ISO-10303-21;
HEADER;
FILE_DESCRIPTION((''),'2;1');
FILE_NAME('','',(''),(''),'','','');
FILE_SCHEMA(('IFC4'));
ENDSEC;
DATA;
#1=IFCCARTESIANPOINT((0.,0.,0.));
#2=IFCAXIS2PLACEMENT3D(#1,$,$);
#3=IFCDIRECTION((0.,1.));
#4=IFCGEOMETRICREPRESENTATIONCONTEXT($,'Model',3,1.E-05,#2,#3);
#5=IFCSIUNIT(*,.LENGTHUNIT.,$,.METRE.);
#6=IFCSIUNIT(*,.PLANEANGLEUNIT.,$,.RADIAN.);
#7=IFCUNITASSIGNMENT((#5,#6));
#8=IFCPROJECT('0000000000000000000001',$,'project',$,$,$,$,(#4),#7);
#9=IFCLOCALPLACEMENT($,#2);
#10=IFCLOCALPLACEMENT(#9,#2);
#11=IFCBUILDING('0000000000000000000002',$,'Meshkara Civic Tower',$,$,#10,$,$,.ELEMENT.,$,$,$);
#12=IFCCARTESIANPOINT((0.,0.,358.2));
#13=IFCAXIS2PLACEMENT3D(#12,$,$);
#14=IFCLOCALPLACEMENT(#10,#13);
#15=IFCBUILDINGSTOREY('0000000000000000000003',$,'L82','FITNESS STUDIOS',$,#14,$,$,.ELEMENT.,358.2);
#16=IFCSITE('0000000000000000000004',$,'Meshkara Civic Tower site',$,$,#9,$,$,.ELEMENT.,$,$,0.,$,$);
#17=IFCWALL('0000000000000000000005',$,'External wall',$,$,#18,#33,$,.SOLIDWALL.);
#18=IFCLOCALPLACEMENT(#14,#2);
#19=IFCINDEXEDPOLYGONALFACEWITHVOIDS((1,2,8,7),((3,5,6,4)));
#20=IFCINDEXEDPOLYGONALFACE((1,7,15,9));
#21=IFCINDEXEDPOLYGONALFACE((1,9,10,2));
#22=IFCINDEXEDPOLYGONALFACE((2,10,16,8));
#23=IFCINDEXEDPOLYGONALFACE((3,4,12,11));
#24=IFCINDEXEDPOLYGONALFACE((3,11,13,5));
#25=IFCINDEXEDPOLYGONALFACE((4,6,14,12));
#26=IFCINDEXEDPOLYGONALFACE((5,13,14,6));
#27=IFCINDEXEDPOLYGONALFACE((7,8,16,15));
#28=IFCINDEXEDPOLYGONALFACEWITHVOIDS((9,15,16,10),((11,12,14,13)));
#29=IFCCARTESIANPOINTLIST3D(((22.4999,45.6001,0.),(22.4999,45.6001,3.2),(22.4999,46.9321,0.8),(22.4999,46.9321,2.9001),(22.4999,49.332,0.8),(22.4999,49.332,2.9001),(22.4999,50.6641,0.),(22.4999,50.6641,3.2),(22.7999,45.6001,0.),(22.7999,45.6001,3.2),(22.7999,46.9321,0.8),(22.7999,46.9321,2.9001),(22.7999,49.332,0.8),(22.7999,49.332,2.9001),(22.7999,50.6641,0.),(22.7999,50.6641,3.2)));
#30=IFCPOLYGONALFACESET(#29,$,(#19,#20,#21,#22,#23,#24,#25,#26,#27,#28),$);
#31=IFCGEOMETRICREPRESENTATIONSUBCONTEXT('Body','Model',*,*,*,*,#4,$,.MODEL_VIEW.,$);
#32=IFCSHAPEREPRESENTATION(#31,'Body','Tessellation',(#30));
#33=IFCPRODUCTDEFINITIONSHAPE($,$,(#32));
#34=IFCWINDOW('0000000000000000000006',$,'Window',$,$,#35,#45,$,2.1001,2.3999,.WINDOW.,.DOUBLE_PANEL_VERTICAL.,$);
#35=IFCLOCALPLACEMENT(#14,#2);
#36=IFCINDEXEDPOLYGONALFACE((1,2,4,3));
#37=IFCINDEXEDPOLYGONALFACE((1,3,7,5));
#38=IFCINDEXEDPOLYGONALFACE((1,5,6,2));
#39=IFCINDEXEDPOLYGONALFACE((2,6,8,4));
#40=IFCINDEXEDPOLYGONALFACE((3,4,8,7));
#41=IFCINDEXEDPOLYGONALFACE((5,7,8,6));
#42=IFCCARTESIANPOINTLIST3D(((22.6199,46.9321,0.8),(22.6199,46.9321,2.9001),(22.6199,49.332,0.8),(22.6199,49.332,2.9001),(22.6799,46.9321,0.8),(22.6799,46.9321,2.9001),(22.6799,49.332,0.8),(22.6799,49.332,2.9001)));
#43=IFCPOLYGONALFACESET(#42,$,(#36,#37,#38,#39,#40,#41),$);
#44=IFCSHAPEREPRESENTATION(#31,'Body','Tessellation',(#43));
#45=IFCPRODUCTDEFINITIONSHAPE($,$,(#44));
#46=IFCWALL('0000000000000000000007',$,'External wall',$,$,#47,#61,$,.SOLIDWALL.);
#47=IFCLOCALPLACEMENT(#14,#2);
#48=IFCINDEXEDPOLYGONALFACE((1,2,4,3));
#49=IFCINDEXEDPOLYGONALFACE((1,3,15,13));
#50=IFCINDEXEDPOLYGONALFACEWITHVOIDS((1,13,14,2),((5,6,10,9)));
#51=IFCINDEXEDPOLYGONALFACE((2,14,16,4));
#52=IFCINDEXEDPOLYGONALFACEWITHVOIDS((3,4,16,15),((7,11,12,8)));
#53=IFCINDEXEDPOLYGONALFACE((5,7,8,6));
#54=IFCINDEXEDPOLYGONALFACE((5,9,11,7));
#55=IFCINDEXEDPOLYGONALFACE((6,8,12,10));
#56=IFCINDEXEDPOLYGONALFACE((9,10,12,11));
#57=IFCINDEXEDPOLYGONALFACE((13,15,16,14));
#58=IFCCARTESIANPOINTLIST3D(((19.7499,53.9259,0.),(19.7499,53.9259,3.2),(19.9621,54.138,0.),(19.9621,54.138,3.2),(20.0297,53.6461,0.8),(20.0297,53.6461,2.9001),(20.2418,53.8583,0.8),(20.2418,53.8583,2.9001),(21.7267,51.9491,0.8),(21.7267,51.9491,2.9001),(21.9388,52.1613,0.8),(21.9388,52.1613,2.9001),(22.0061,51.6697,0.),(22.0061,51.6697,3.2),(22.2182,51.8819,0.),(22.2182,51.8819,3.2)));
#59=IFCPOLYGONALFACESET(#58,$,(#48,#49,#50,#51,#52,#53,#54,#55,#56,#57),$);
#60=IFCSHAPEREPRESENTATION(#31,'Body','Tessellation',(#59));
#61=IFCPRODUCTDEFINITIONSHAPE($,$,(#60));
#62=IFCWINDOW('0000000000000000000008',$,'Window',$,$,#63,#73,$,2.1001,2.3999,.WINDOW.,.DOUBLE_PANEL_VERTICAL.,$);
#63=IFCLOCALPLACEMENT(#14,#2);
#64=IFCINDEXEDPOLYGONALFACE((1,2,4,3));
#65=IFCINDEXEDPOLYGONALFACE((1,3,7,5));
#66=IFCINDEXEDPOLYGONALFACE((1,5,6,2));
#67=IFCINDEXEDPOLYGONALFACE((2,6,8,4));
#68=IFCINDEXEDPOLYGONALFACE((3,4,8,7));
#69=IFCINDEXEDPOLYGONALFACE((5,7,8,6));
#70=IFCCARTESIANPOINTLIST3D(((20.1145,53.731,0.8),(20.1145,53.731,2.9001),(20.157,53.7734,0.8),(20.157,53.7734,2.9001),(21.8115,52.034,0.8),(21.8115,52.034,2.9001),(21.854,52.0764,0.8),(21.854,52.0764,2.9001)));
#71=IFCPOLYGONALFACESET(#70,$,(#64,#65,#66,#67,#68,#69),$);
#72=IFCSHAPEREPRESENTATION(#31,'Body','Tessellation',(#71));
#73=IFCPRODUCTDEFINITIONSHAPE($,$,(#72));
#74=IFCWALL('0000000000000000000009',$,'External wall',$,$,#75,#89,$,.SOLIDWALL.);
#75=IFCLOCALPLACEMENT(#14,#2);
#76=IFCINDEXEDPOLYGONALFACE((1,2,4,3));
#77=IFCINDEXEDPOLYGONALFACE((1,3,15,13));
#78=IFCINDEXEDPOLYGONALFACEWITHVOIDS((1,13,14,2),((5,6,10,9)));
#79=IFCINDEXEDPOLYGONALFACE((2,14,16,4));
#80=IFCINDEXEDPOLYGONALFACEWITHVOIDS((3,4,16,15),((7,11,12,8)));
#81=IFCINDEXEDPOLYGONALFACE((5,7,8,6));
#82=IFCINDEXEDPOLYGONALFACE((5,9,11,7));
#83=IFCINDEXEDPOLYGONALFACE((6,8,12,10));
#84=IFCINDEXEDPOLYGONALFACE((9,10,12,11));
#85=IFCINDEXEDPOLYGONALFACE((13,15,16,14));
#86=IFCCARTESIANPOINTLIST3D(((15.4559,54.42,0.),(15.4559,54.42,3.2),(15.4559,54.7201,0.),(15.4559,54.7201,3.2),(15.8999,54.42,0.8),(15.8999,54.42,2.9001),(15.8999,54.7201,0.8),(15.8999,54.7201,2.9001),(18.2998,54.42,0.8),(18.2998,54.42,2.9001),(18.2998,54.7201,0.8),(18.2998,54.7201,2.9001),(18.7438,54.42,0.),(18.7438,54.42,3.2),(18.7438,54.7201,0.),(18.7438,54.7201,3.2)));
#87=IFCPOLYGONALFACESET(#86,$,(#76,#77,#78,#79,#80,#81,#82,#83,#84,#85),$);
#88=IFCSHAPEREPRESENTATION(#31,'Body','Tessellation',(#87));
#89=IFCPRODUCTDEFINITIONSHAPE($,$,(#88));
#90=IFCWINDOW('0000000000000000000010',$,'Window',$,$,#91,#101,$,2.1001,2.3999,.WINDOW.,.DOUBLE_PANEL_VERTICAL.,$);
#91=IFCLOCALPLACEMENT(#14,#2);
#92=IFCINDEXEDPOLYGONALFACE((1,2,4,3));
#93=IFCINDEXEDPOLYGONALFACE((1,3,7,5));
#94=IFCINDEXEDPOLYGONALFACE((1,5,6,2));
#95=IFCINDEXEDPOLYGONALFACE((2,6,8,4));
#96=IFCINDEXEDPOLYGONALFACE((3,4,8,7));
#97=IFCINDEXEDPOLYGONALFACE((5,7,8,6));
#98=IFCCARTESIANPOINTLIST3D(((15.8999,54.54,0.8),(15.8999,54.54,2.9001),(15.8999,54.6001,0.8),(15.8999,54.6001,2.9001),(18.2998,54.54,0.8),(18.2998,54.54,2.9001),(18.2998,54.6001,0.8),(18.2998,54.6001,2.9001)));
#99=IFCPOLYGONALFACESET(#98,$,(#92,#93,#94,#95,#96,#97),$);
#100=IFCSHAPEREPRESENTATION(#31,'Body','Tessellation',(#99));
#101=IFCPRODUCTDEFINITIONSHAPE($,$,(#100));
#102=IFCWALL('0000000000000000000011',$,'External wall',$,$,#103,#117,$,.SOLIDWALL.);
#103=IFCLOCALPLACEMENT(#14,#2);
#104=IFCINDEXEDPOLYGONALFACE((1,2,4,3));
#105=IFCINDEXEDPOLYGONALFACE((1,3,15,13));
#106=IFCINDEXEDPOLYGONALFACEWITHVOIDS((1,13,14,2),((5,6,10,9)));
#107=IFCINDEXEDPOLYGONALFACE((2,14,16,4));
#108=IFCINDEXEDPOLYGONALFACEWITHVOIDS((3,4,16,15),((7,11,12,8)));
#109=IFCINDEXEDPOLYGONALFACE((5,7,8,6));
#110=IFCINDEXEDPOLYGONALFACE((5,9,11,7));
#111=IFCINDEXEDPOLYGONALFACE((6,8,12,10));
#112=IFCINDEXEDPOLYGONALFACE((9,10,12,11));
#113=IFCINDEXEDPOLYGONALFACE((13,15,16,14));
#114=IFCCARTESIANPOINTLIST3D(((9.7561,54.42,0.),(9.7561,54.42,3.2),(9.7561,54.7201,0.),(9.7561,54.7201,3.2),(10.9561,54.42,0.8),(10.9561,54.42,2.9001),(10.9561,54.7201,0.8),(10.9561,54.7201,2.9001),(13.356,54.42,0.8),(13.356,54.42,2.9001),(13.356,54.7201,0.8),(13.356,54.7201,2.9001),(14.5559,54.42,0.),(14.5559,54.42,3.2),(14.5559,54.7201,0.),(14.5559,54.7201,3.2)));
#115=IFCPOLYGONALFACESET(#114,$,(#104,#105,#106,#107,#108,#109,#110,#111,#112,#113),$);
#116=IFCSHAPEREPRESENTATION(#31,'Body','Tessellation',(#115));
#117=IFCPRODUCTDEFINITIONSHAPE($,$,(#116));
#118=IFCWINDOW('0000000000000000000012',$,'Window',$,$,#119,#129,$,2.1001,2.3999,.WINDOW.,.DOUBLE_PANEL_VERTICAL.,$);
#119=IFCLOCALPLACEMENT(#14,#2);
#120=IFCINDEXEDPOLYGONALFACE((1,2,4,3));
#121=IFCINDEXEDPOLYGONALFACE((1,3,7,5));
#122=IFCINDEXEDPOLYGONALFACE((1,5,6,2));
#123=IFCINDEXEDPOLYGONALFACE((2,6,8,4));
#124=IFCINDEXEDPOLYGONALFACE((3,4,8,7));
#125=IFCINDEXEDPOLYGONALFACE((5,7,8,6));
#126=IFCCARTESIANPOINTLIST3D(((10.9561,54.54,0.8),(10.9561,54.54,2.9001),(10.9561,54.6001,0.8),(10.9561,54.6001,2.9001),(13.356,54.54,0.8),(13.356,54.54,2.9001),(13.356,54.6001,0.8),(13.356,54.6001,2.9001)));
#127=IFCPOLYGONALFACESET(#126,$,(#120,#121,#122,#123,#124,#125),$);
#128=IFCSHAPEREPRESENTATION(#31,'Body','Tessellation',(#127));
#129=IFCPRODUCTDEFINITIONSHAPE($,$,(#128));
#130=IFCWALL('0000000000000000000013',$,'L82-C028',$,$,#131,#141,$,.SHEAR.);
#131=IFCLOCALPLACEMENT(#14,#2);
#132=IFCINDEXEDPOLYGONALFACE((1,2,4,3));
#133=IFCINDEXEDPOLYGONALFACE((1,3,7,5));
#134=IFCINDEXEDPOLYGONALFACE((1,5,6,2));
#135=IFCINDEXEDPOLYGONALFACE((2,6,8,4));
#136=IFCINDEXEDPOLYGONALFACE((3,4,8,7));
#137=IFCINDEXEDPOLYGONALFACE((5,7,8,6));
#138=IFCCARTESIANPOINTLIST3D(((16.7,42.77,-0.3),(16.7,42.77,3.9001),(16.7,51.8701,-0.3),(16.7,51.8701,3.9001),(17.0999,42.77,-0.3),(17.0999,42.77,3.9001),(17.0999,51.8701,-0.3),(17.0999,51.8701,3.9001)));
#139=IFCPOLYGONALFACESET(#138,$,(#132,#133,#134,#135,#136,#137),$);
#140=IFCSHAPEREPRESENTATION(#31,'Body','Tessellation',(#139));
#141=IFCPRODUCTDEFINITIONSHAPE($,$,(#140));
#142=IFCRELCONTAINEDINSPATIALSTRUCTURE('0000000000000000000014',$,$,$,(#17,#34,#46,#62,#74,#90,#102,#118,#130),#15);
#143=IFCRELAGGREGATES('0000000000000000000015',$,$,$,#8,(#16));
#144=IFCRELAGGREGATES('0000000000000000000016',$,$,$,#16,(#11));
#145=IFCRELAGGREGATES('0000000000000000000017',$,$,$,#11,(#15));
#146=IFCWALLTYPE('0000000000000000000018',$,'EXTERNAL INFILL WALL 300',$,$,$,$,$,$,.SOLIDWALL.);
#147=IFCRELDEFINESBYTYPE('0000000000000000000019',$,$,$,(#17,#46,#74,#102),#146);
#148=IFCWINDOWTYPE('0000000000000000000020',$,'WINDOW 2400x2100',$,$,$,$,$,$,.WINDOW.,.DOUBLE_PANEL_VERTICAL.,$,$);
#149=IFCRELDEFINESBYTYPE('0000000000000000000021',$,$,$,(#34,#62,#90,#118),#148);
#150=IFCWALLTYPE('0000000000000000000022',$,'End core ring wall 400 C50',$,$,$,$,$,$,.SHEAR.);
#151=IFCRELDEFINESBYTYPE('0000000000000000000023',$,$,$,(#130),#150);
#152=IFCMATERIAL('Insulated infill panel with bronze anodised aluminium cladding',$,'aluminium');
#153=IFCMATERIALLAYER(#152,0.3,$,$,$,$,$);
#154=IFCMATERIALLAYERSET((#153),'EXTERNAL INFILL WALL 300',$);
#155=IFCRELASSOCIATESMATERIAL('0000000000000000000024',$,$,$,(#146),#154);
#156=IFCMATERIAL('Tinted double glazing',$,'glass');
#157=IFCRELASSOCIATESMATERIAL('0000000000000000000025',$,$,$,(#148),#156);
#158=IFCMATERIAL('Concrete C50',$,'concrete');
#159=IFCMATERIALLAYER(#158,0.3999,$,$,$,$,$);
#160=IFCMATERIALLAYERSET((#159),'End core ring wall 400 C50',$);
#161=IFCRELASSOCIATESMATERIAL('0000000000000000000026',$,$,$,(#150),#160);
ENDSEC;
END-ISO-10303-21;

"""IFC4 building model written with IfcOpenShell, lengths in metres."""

from ifc_helpers import new_model, si_unit, direction, frame, frame_2d, origin, place, context, subcontext, project, spatial, rectangle, extrude, material, layer, layer_set, type_object, element, fill, save


model = new_model("IFC4")

# Units and contexts
model_context = context("Model", 3, precision=1e-05, world=origin(), true_north=direction((0.0, 1.0)))
body_context = subcontext(model_context, "Body", "Model", "MODEL_VIEW")
ifc_project = project(units=[si_unit("LENGTHUNIT", "METRE"), si_unit("PLANEANGLEUNIT", "RADIAN")], contexts=[model_context])

# Site, building, storey
site_placement = place(None, origin())
site = spatial("IfcSite", under=ifc_project, at=site_placement, Name="Meshkara Civic Tower site", CompositionType="ELEMENT", RefElevation=0.0)
building_placement = place(site_placement, origin())
building = spatial("IfcBuilding", under=site, at=building_placement, Name="Meshkara Civic Tower", CompositionType="ELEMENT")
storey_placement = place(building_placement, frame((0.0, 0.0, 358.2)))
storey = spatial("IfcBuildingStorey", under=building, at=storey_placement, Name="L82", Description="FITNESS STUDIOS", CompositionType="ELEMENT", Elevation=358.2)

# Walls, openings, windows
ifc_material_1 = material(Name="Insulated infill panel with bronze anodised aluminium cladding", Category="aluminium")
ifc_layer_1 = layer(ifc_material_1, 0.3)
ifc_layer_set_1 = layer_set([ifc_layer_1], Name="EXTERNAL INFILL WALL 300")
wall_type_1 = type_object("IfcWallType", Name="EXTERNAL INFILL WALL 300", PredefinedType="SOLIDWALL", material=ifc_layer_set_1)
ifc_material_2 = material(Name="Tinted double glazing", Category="glass")
window_type = type_object("IfcWindowType", Name="WINDOW 2400x2100", PartitioningType="DOUBLE_PANEL_VERTICAL", PredefinedType="WINDOW", material=ifc_material_2)
wall_1_placement = place(storey_placement, frame((22.6499, 45.6001, 0.0), z_axis=(0.0, 0.0, 1.0), x_axis=(0.0, 1.0, 0.0)))
wall_1 = element("IfcWall", 1, at=wall_1_placement, inside=storey, type_object=wall_type_1, Name="External wall", PredefinedType="SOLIDWALL", context=body_context, shape_type="SweptSolid", body=[
    extrude(rectangle(XDim=5.064, YDim=0.3, at=frame_2d((2.532, 0.0))), origin(), (0.0, 0.0, 1.0), 3.2),
])
opening_1_placement = place(wall_1_placement, frame((1.332, 0.0, 0.8)))
opening_1 = element("IfcOpeningElement", 2, at=opening_1_placement, cuts=wall_1, PredefinedType="OPENING", context=body_context, shape_type="SweptSolid", body=[
    extrude(rectangle(XDim=2.3999, YDim=2.1001, at=frame_2d((1.2, 1.05))), frame((0.0, 0.1599, 0.0), z_axis=(0.0, -1.0, 0.0), x_axis=(1.0, 0.0, 0.0)), (0.0, 0.0, 1.0), 0.3201),
])
window_1_placement = place(opening_1_placement, origin())
window_1 = element("IfcWindow", 3, at=window_1_placement, inside=storey, type_object=window_type, Name="Window", OverallHeight=2.1001, OverallWidth=2.3999, PartitioningType="DOUBLE_PANEL_VERTICAL", PredefinedType="WINDOW", context=body_context, shape_type="SweptSolid", body=[
    extrude(rectangle(XDim=2.3999, YDim=2.1001, at=frame_2d((1.2, 1.05))), frame((0.0, 0.03, 0.0), z_axis=(0.0, -1.0, 0.0), x_axis=(1.0, 0.0, 0.0)), (0.0, 0.0, 1.0), 0.0601),
])
fill(opening_1, window_1)
wall_2_placement = place(storey_placement, frame((22.1121, 51.7759, 0.0), z_axis=(0.0, 0.0, 1.0), x_axis=(-0.707107, 0.707107, 0.0)))
wall_2 = element("IfcWall", 4, at=wall_2_placement, inside=storey, type_object=wall_type_1, Name="External wall", PredefinedType="SOLIDWALL", context=body_context, shape_type="SweptSolid", body=[
    extrude(rectangle(XDim=3.1907, YDim=0.3, at=frame_2d((1.5952, 0.0))), origin(), (0.0, 0.0, 1.0), 3.2),
])
opening_2_placement = place(wall_2_placement, frame((0.395, 0.0, 0.8)))
opening_2 = element("IfcOpeningElement", 5, at=opening_2_placement, cuts=wall_2, PredefinedType="OPENING", context=body_context, shape_type="SweptSolid", body=[
    extrude(rectangle(XDim=2.3999, YDim=2.1001, at=frame_2d((1.2, 1.05))), frame((0.0, 0.1599, 0.0), z_axis=(0.0, -1.0, 0.0), x_axis=(1.0, 0.0, 0.0)), (0.0, 0.0, 1.0), 0.3201),
])
window_2_placement = place(opening_2_placement, origin())
window_2 = element("IfcWindow", 6, at=window_2_placement, inside=storey, type_object=window_type, Name="Window", OverallHeight=2.1001, OverallWidth=2.3999, PartitioningType="DOUBLE_PANEL_VERTICAL", PredefinedType="WINDOW", context=body_context, shape_type="SweptSolid", body=[
    extrude(rectangle(XDim=2.3999, YDim=2.1001, at=frame_2d((1.2, 1.05))), frame((0.0, 0.03, 0.0), z_axis=(0.0, -1.0, 0.0), x_axis=(1.0, 0.0, 0.0)), (0.0, 0.0, 1.0), 0.0601),
])
fill(opening_2, window_2)
wall_3_placement = place(storey_placement, frame((18.7439, 54.5701, 0.0), z_axis=(0.0, 0.0, 1.0), x_axis=(-1.0, 0.0, 0.0)))
wall_3 = element("IfcWall", 7, at=wall_3_placement, inside=storey, type_object=wall_type_1, Name="External wall", PredefinedType="SOLIDWALL", context=body_context, shape_type="SweptSolid", body=[
    extrude(rectangle(XDim=3.2878, YDim=0.3, at=frame_2d((1.644, 0.0))), origin(), (0.0, 0.0, 1.0), 3.2),
])
opening_3_placement = place(wall_3_placement, frame((0.4441, 0.0, 0.8)))
opening_3 = element("IfcOpeningElement", 8, at=opening_3_placement, cuts=wall_3, PredefinedType="OPENING", context=body_context, shape_type="SweptSolid", body=[
    extrude(rectangle(XDim=2.3999, YDim=2.1001, at=frame_2d((1.2, 1.05))), frame((0.0, 0.1599, 0.0), z_axis=(0.0, -1.0, 0.0), x_axis=(1.0, 0.0, 0.0)), (0.0, 0.0, 1.0), 0.3201),
])
window_3_placement = place(opening_3_placement, origin())
window_3 = element("IfcWindow", 9, at=window_3_placement, inside=storey, type_object=window_type, Name="Window", OverallHeight=2.1001, OverallWidth=2.3999, PartitioningType="DOUBLE_PANEL_VERTICAL", PredefinedType="WINDOW", context=body_context, shape_type="SweptSolid", body=[
    extrude(rectangle(XDim=2.3999, YDim=2.1001, at=frame_2d((1.2, 1.05))), frame((0.0, 0.03, 0.0), z_axis=(0.0, -1.0, 0.0), x_axis=(1.0, 0.0, 0.0)), (0.0, 0.0, 1.0), 0.0601),
])
fill(opening_3, window_3)
wall_4_placement = place(storey_placement, frame((14.5559, 54.5701, 0.0), z_axis=(0.0, 0.0, 1.0), x_axis=(-1.0, 0.0, 0.0)))
wall_4 = element("IfcWall", 10, at=wall_4_placement, inside=storey, type_object=wall_type_1, Name="External wall", PredefinedType="SOLIDWALL", context=body_context, shape_type="SweptSolid", body=[
    extrude(rectangle(XDim=4.7998, YDim=0.3, at=frame_2d((2.3999, 0.0))), origin(), (0.0, 0.0, 1.0), 3.2),
])
opening_4_placement = place(wall_4_placement, frame((1.2, 0.0, 0.8)))
opening_4 = element("IfcOpeningElement", 11, at=opening_4_placement, cuts=wall_4, PredefinedType="OPENING", context=body_context, shape_type="SweptSolid", body=[
    extrude(rectangle(XDim=2.3999, YDim=2.1001, at=frame_2d((1.2, 1.05))), frame((0.0, 0.1599, 0.0), z_axis=(0.0, -1.0, 0.0), x_axis=(1.0, 0.0, 0.0)), (0.0, 0.0, 1.0), 0.3201),
])
window_4_placement = place(opening_4_placement, origin())
window_4 = element("IfcWindow", 12, at=window_4_placement, inside=storey, type_object=window_type, Name="Window", OverallHeight=2.1001, OverallWidth=2.3999, PartitioningType="DOUBLE_PANEL_VERTICAL", PredefinedType="WINDOW", context=body_context, shape_type="SweptSolid", body=[
    extrude(rectangle(XDim=2.3999, YDim=2.1001, at=frame_2d((1.2, 1.05))), frame((0.0, 0.03, 0.0), z_axis=(0.0, -1.0, 0.0), x_axis=(1.0, 0.0, 0.0)), (0.0, 0.0, 1.0), 0.0601),
])
fill(opening_4, window_4)

# Wall
ifc_material_3 = material(Name="Concrete C50", Category="concrete")
ifc_layer_2 = layer(ifc_material_3, 0.3999)
ifc_layer_set_2 = layer_set([ifc_layer_2], Name="End core ring wall 400 C50")
wall_type_2 = type_object("IfcWallType", Name="End core ring wall 400 C50", PredefinedType="SHEAR", material=ifc_layer_set_2)
wall_5_placement = place(storey_placement, frame((16.8999, 42.77, -0.3), z_axis=(0.0, 0.0, 1.0), x_axis=(0.0, 1.0, 0.0)))
element("IfcWall", 13, at=wall_5_placement, inside=storey, type_object=wall_type_2, Name="L82-C028", PredefinedType="SHEAR", context=body_context, shape_type="SweptSolid", body=[
    extrude(rectangle(XDim=9.1001, YDim=0.3999, at=frame_2d((4.55, 0.0))), origin(), (0.0, 0.0, 1.0), 4.2002),
])

save(model, "model.ifc")
